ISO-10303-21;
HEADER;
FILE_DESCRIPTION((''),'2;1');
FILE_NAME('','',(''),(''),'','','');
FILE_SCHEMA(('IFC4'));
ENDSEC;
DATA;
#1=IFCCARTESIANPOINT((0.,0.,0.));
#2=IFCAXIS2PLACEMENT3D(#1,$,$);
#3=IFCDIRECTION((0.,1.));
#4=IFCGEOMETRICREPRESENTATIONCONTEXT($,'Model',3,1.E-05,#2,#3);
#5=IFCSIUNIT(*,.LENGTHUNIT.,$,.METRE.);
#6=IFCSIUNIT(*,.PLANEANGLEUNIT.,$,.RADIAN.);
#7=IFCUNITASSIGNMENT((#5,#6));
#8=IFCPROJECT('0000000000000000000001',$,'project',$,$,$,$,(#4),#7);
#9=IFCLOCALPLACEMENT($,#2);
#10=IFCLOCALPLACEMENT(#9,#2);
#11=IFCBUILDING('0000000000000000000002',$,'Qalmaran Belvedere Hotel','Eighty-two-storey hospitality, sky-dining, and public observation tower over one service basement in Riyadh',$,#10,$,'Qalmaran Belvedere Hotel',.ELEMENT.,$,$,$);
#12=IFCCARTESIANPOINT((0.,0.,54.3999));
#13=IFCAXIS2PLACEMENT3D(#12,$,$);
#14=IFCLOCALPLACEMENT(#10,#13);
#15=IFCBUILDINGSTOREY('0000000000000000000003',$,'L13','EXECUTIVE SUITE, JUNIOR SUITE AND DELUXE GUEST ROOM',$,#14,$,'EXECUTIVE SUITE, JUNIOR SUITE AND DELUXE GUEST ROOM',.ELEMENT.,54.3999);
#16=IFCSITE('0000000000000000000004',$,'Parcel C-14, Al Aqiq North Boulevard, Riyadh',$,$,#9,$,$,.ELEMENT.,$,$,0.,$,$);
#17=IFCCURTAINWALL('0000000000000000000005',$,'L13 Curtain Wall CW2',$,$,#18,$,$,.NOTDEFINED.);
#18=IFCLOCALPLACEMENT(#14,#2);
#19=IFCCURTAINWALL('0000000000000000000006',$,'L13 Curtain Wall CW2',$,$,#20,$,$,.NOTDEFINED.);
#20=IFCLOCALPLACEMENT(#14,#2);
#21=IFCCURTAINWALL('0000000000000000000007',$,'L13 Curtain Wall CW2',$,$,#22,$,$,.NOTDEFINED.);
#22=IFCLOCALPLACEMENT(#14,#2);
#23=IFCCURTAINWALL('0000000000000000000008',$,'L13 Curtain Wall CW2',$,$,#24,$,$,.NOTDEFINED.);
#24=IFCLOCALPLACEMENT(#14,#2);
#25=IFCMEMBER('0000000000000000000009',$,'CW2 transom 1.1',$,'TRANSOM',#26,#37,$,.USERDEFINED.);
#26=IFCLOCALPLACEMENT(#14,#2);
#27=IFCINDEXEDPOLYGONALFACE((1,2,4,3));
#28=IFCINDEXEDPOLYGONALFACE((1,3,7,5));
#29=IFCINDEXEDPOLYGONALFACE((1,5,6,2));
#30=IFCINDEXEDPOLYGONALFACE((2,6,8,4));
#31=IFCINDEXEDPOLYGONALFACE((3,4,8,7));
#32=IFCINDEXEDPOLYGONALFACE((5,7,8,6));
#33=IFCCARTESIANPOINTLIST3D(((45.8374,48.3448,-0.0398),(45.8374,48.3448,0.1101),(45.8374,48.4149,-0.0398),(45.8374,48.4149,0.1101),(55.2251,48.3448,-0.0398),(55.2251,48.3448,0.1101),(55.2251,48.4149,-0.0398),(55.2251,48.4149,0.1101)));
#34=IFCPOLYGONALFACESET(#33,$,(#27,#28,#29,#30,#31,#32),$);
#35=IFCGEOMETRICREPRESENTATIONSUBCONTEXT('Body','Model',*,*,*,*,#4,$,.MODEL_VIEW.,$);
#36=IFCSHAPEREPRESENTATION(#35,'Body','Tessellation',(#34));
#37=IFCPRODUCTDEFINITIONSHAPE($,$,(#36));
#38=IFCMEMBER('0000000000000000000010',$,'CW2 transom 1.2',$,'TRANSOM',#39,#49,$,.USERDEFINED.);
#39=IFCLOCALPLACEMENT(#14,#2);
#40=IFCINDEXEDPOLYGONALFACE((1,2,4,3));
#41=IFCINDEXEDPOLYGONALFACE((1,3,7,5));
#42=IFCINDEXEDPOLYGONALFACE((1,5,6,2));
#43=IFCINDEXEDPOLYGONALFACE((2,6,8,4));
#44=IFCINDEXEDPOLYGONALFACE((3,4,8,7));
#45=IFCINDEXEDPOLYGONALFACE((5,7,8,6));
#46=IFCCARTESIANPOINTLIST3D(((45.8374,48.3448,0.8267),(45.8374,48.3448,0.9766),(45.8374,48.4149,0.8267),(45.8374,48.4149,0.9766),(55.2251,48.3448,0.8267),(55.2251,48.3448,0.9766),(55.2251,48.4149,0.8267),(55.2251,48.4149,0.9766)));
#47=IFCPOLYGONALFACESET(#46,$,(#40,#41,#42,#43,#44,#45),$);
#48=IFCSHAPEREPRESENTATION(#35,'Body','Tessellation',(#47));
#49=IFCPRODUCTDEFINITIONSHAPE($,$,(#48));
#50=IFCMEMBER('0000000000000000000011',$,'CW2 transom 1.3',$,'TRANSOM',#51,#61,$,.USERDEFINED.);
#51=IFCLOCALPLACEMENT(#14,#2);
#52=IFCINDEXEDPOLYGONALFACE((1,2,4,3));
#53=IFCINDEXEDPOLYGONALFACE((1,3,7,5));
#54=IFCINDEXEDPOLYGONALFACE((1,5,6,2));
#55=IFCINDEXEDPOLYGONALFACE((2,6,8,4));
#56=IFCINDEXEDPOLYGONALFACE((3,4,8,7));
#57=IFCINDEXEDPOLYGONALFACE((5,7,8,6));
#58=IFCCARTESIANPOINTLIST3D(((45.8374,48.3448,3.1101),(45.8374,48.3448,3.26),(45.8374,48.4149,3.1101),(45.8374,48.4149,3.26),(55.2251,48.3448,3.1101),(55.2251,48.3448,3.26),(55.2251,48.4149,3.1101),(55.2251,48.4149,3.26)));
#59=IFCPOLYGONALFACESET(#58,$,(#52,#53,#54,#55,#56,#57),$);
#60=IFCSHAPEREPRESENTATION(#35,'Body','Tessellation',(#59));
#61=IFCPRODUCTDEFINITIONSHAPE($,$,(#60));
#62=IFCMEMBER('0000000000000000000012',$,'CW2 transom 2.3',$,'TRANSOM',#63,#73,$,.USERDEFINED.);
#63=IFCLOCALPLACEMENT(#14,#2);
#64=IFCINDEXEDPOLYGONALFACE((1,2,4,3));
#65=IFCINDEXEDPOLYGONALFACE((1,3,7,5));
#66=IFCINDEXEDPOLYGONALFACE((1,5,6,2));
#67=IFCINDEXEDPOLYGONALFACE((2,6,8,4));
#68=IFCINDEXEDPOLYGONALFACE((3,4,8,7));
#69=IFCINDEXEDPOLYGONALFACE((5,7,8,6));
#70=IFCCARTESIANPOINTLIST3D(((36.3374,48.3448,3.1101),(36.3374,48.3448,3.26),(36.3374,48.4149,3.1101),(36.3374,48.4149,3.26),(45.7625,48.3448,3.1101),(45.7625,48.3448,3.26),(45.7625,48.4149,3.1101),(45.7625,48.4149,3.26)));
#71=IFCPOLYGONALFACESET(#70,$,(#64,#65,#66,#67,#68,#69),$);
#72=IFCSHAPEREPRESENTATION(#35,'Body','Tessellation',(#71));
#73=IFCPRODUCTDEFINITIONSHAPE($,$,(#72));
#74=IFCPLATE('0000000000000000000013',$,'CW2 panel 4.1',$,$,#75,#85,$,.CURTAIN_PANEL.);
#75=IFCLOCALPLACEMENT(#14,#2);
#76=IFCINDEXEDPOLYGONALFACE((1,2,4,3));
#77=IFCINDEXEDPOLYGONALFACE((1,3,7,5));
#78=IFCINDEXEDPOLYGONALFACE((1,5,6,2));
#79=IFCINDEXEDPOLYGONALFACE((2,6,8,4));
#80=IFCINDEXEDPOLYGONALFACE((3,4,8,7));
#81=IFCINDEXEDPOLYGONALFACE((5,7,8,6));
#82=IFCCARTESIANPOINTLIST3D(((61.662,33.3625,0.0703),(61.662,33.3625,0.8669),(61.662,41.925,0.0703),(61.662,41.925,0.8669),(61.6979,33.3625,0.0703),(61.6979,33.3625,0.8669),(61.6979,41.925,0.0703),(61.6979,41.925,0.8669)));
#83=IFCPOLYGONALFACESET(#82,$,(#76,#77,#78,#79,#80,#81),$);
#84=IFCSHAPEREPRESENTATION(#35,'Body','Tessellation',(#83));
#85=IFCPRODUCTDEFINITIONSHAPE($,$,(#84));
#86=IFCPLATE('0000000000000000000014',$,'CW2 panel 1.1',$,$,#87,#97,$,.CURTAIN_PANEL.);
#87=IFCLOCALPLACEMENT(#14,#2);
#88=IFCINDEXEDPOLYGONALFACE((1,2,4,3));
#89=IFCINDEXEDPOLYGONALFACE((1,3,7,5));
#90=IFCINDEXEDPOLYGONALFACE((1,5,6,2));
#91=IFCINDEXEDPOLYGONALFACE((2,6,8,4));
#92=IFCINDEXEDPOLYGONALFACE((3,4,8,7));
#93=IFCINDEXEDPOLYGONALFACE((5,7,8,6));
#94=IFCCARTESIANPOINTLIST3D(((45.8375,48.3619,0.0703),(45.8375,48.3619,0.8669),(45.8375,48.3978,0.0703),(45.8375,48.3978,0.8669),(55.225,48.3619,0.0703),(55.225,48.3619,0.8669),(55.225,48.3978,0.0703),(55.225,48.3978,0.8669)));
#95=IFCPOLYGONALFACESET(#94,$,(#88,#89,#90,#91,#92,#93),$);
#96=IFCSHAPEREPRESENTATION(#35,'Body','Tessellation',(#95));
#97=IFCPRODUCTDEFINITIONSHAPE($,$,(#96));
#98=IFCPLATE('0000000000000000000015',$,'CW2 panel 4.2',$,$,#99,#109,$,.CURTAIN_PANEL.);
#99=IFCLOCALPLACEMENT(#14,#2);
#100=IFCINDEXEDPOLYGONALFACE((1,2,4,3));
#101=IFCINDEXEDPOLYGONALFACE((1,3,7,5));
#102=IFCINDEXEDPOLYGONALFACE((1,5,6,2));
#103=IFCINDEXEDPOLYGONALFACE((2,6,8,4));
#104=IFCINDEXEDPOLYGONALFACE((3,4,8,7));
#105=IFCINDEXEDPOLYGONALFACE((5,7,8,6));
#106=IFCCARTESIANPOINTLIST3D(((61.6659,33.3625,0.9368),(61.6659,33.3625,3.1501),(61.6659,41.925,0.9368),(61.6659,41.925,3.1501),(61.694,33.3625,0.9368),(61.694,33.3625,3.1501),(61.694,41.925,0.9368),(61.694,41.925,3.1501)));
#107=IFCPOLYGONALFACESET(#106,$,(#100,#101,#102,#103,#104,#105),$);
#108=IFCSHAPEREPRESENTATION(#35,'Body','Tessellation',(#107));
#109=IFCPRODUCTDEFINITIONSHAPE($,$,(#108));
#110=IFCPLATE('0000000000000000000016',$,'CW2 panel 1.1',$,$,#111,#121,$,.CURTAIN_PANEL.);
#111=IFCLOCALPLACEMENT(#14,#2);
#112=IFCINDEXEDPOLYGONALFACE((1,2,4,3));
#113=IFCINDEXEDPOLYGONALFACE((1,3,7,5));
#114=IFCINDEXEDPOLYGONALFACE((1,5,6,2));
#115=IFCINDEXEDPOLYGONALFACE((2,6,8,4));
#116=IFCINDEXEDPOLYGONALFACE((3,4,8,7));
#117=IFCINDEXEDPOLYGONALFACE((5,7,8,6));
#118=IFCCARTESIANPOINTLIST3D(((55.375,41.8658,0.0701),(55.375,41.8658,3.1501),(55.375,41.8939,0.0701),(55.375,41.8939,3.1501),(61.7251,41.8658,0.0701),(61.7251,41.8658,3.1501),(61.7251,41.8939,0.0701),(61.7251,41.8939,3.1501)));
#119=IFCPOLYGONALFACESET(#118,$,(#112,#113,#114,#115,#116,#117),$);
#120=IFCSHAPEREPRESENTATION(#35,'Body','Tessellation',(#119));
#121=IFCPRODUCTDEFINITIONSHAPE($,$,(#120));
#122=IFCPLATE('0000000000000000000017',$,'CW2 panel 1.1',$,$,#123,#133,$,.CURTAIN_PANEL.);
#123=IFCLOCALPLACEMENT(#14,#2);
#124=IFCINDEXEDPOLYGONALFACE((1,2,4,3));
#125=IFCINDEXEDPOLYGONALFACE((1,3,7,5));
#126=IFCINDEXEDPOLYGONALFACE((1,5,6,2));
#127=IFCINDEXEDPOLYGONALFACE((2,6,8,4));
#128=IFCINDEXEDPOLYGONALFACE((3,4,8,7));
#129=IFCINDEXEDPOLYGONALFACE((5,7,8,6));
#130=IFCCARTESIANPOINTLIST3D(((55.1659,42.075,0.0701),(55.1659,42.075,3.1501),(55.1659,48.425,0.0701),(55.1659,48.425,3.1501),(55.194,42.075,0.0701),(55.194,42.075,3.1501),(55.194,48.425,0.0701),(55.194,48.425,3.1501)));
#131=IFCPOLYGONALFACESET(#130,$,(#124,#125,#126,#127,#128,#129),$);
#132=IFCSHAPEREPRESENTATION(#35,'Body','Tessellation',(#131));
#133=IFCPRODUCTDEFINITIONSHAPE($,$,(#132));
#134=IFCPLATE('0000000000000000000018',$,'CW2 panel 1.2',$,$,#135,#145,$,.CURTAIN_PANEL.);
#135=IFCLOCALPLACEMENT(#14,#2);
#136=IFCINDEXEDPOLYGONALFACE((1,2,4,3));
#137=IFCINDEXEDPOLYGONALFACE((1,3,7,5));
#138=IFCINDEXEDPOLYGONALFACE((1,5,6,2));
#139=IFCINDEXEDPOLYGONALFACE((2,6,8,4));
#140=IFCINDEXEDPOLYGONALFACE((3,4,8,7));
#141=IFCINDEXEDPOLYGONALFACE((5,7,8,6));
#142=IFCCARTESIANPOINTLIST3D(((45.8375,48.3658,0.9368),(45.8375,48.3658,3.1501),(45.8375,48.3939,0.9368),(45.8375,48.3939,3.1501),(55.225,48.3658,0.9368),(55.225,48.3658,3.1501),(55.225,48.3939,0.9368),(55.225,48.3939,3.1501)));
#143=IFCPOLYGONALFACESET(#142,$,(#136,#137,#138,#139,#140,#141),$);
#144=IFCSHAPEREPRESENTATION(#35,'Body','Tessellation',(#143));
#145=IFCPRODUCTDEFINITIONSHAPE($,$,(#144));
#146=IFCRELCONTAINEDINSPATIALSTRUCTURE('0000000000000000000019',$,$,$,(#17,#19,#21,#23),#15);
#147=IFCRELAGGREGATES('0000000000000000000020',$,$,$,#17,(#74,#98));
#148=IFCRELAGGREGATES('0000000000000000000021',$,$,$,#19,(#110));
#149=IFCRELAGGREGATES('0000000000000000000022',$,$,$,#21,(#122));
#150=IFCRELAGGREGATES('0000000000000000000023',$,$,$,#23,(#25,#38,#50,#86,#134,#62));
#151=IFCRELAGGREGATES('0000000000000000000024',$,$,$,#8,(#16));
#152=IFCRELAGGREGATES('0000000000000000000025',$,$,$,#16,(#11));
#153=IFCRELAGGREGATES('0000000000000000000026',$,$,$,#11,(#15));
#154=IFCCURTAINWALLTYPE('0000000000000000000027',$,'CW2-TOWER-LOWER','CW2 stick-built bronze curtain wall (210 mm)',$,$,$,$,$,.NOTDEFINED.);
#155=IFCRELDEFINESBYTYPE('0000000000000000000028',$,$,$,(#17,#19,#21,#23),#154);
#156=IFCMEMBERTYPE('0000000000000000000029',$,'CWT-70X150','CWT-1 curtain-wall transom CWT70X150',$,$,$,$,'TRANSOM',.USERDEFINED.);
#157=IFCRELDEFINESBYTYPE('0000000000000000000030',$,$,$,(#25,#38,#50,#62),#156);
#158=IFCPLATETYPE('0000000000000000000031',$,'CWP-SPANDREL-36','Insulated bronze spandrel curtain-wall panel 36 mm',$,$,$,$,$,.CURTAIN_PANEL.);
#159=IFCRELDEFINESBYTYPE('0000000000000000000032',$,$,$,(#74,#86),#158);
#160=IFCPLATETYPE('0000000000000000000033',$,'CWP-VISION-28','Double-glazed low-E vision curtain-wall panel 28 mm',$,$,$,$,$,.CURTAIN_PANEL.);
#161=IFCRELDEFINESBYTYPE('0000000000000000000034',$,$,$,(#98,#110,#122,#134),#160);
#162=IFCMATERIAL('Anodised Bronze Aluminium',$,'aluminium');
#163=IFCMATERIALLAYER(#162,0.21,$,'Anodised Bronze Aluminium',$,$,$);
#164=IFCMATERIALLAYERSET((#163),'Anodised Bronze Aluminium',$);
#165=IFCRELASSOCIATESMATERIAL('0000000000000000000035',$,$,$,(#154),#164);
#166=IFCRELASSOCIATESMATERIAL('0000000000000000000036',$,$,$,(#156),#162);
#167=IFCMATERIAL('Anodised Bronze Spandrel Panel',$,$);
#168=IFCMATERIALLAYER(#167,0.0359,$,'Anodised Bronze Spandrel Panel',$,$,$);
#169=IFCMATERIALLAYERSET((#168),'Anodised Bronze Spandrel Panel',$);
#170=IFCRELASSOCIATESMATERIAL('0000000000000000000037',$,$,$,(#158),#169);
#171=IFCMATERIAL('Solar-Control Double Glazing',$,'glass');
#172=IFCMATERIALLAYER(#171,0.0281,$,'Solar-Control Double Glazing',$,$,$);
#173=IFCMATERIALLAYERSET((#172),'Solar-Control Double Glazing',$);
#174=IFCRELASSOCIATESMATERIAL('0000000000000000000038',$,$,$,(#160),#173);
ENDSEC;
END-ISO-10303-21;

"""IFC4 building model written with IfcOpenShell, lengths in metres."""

from ifc_helpers import new_model, si_unit, direction, frame, origin, origin_2d, place, context, subcontext, project, spatial, rectangle, extrude, material, layer, layer_set, material_profile, profile_set, type_object, element, aggregate, save


model = new_model("IFC4")

# Units and contexts
model_context = context("Model", 3, precision=1e-05, world=origin(), true_north=direction((0.0, 1.0)))
body_context = subcontext(model_context, "Body", "Model", "MODEL_VIEW")
ifc_project = project(units=[si_unit("LENGTHUNIT", "METRE"), si_unit("PLANEANGLEUNIT", "RADIAN")], contexts=[model_context])

# Site, building, storey
site_placement = place(None, origin())
site = spatial("IfcSite", under=ifc_project, at=site_placement, Name="Parcel C-14, Al Aqiq North Boulevard, Riyadh", CompositionType="ELEMENT", RefElevation=0.0)
building_placement = place(site_placement, origin())
building = spatial("IfcBuilding", under=site, at=building_placement, Name="Qalmaran Belvedere Hotel", Description="Eighty-two-storey hospitality, sky-dining, and public observation tower over one service basement in Riyadh", LongName="Qalmaran Belvedere Hotel", CompositionType="ELEMENT")
storey_placement = place(building_placement, frame((0.0, 0.0, 54.3999)))
storey = spatial("IfcBuildingStorey", under=building, at=storey_placement, Name="L13", Description="EXECUTIVE SUITE, JUNIOR SUITE AND DELUXE GUEST ROOM", LongName="EXECUTIVE SUITE, JUNIOR SUITE AND DELUXE GUEST ROOM", CompositionType="ELEMENT", Elevation=54.3999)

# Curtain walls
ifc_material_1 = material(Name="Anodised Bronze Aluminium", Category="aluminium")
ifc_layer_1 = layer(ifc_material_1, 0.21, Name="Anodised Bronze Aluminium")
ifc_layer_set_1 = layer_set([ifc_layer_1], Name="Anodised Bronze Aluminium")
curtain_wall_type = type_object("IfcCurtainWallType", Name="CW2-TOWER-LOWER", Description="CW2 stick-built bronze curtain wall (210 mm)", PredefinedType="NOTDEFINED", material=ifc_layer_set_1)
curtain_wall_1_placement = place(storey_placement, origin())
curtain_wall_1 = element("IfcCurtainWall", 1, at=curtain_wall_1_placement, inside=storey, type_object=curtain_wall_type, Name="L13 Curtain Wall CW2", PredefinedType="NOTDEFINED")
curtain_wall_2_placement = place(storey_placement, origin())
curtain_wall_2 = element("IfcCurtainWall", 2, at=curtain_wall_2_placement, inside=storey, type_object=curtain_wall_type, Name="L13 Curtain Wall CW2", PredefinedType="NOTDEFINED")
curtain_wall_3_placement = place(storey_placement, origin())
curtain_wall_3 = element("IfcCurtainWall", 3, at=curtain_wall_3_placement, inside=storey, type_object=curtain_wall_type, Name="L13 Curtain Wall CW2", PredefinedType="NOTDEFINED")
curtain_wall_4_placement = place(storey_placement, origin())
curtain_wall_4 = element("IfcCurtainWall", 4, at=curtain_wall_4_placement, inside=storey, type_object=curtain_wall_type, Name="L13 Curtain Wall CW2", PredefinedType="NOTDEFINED")

# Members
ifc_material_profile_1 = material_profile(ifc_material_1, rectangle(XDim=0.0701, YDim=0.1499, at=origin_2d()), Name="CWT70X150")
ifc_profile_set_1 = profile_set([ifc_material_profile_1], Name="Anodised Bronze Aluminium")
member_type_1 = type_object("IfcMemberType", Name="CWT-70X150", Description="CWT-1 curtain-wall transom CWT70X150", ElementType="TRANSOM", PredefinedType="USERDEFINED", material=ifc_profile_set_1)
member_1_placement = place(storey_placement, frame((55.2251, 48.3799, 0.0352), z_axis=(-1.0, 0.0, 0.0), x_axis=(0.0, -1.0, 0.0)))
member_1 = element("IfcMember", 5, at=member_1_placement, type_object=member_type_1, Name="CW2 transom 1.1", ObjectType="TRANSOM", PredefinedType="USERDEFINED", context=body_context, shape_type="SweptSolid", body=[
    extrude(rectangle(XDim=0.0701, YDim=0.1499, at=origin_2d()), origin(), (0.0, 0.0, 1.0), 9.3877),
])
member_2_placement = place(storey_placement, frame((55.2251, 48.3799, 0.9016), z_axis=(-1.0, 0.0, 0.0), x_axis=(0.0, -1.0, 0.0)))
member_2 = element("IfcMember", 6, at=member_2_placement, type_object=member_type_1, Name="CW2 transom 1.2", ObjectType="TRANSOM", PredefinedType="USERDEFINED", context=body_context, shape_type="SweptSolid", body=[
    extrude(rectangle(XDim=0.0701, YDim=0.1499, at=origin_2d()), origin(), (0.0, 0.0, 1.0), 9.3877),
])
member_3_placement = place(storey_placement, frame((55.2251, 48.3799, 3.1851), z_axis=(-1.0, 0.0, 0.0), x_axis=(0.0, -1.0, 0.0)))
member_3 = element("IfcMember", 7, at=member_3_placement, type_object=member_type_1, Name="CW2 transom 1.3", ObjectType="TRANSOM", PredefinedType="USERDEFINED", context=body_context, shape_type="SweptSolid", body=[
    extrude(rectangle(XDim=0.0701, YDim=0.1499, at=origin_2d()), origin(), (0.0, 0.0, 1.0), 9.3877),
])
member_4_placement = place(storey_placement, frame((45.7625, 48.3799, 3.1851), z_axis=(-1.0, 0.0, 0.0), x_axis=(0.0, -1.0, 0.0)))
member_4 = element("IfcMember", 8, at=member_4_placement, type_object=member_type_1, Name="CW2 transom 2.3", ObjectType="TRANSOM", PredefinedType="USERDEFINED", context=body_context, shape_type="SweptSolid", body=[
    extrude(rectangle(XDim=0.0701, YDim=0.1499, at=origin_2d()), origin(), (0.0, 0.0, 1.0), 9.425),
])

# Plates
ifc_material_2 = material(Name="Anodised Bronze Spandrel Panel")
ifc_layer_2 = layer(ifc_material_2, 0.0359, Name="Anodised Bronze Spandrel Panel")
ifc_layer_set_2 = layer_set([ifc_layer_2], Name="Anodised Bronze Spandrel Panel")
plate_type_1 = type_object("IfcPlateType", Name="CWP-SPANDREL-36", Description="Insulated bronze spandrel curtain-wall panel 36 mm", PredefinedType="CURTAIN_PANEL", material=ifc_layer_set_2)
plate_1_placement = place(storey_placement, frame((61.6799, 37.6438, 0.0703), z_axis=(0.0, 0.0, 1.0), x_axis=(0.0, 1.0, 0.0)))
plate_1 = element("IfcPlate", 9, at=plate_1_placement, type_object=plate_type_1, Name="CW2 panel 4.1", PredefinedType="CURTAIN_PANEL", context=body_context, shape_type="SweptSolid", body=[
    extrude(rectangle(XDim=8.5625, YDim=0.0359, at=origin_2d()), origin(), (0.0, 0.0, 1.0), 0.7966),
])
plate_2_placement = place(storey_placement, frame((50.5312, 48.3799, 0.0703), z_axis=(0.0, 0.0, 1.0), x_axis=(-1.0, 0.0, 0.0)))
plate_2 = element("IfcPlate", 10, at=plate_2_placement, type_object=plate_type_1, Name="CW2 panel 1.1", PredefinedType="CURTAIN_PANEL", context=body_context, shape_type="SweptSolid", body=[
    extrude(rectangle(XDim=9.3875, YDim=0.0359, at=origin_2d()), origin(), (0.0, 0.0, 1.0), 0.7966),
])
ifc_material_3 = material(Name="Solar-Control Double Glazing", Category="glass")
ifc_layer_3 = layer(ifc_material_3, 0.0281, Name="Solar-Control Double Glazing")
ifc_layer_set_3 = layer_set([ifc_layer_3], Name="Solar-Control Double Glazing")
plate_type_2 = type_object("IfcPlateType", Name="CWP-VISION-28", Description="Double-glazed low-E vision curtain-wall panel 28 mm", PredefinedType="CURTAIN_PANEL", material=ifc_layer_set_3)
plate_3_placement = place(storey_placement, frame((61.6799, 37.6438, 0.9368), z_axis=(0.0, 0.0, 1.0), x_axis=(0.0, 1.0, 0.0)))
plate_3 = element("IfcPlate", 11, at=plate_3_placement, type_object=plate_type_2, Name="CW2 panel 4.2", PredefinedType="CURTAIN_PANEL", context=body_context, shape_type="SweptSolid", body=[
    extrude(rectangle(XDim=8.5625, YDim=0.0281, at=origin_2d()), origin(), (0.0, 0.0, 1.0), 2.2134),
])
aggregate(curtain_wall_1, [plate_1, plate_3])
plate_4_placement = place(storey_placement, frame((58.55, 41.8799, 0.0701), z_axis=(0.0, 0.0, 1.0), x_axis=(-1.0, 0.0, 0.0)))
plate_4 = element("IfcPlate", 12, at=plate_4_placement, type_object=plate_type_2, Name="CW2 panel 1.1", PredefinedType="CURTAIN_PANEL", context=body_context, shape_type="SweptSolid", body=[
    extrude(rectangle(XDim=6.3501, YDim=0.0281, at=origin_2d()), origin(), (0.0, 0.0, 1.0), 3.0801),
])
aggregate(curtain_wall_2, [plate_4])
plate_5_placement = place(storey_placement, frame((55.1799, 45.25, 0.0701), z_axis=(0.0, 0.0, 1.0), x_axis=(0.0, 1.0, 0.0)))
plate_5 = element("IfcPlate", 13, at=plate_5_placement, type_object=plate_type_2, Name="CW2 panel 1.1", PredefinedType="CURTAIN_PANEL", context=body_context, shape_type="SweptSolid", body=[
    extrude(rectangle(XDim=6.3501, YDim=0.0281, at=origin_2d()), origin(), (0.0, 0.0, 1.0), 3.0801),
])
aggregate(curtain_wall_3, [plate_5])
plate_6_placement = place(storey_placement, frame((50.5312, 48.3799, 0.9368), z_axis=(0.0, 0.0, 1.0), x_axis=(-1.0, 0.0, 0.0)))
plate_6 = element("IfcPlate", 14, at=plate_6_placement, type_object=plate_type_2, Name="CW2 panel 1.2", PredefinedType="CURTAIN_PANEL", context=body_context, shape_type="SweptSolid", body=[
    extrude(rectangle(XDim=9.3875, YDim=0.0281, at=origin_2d()), origin(), (0.0, 0.0, 1.0), 2.2134),
])
aggregate(curtain_wall_4, [member_1, member_2, member_3, plate_2, plate_6, member_4])

save(model, "model.ifc")
